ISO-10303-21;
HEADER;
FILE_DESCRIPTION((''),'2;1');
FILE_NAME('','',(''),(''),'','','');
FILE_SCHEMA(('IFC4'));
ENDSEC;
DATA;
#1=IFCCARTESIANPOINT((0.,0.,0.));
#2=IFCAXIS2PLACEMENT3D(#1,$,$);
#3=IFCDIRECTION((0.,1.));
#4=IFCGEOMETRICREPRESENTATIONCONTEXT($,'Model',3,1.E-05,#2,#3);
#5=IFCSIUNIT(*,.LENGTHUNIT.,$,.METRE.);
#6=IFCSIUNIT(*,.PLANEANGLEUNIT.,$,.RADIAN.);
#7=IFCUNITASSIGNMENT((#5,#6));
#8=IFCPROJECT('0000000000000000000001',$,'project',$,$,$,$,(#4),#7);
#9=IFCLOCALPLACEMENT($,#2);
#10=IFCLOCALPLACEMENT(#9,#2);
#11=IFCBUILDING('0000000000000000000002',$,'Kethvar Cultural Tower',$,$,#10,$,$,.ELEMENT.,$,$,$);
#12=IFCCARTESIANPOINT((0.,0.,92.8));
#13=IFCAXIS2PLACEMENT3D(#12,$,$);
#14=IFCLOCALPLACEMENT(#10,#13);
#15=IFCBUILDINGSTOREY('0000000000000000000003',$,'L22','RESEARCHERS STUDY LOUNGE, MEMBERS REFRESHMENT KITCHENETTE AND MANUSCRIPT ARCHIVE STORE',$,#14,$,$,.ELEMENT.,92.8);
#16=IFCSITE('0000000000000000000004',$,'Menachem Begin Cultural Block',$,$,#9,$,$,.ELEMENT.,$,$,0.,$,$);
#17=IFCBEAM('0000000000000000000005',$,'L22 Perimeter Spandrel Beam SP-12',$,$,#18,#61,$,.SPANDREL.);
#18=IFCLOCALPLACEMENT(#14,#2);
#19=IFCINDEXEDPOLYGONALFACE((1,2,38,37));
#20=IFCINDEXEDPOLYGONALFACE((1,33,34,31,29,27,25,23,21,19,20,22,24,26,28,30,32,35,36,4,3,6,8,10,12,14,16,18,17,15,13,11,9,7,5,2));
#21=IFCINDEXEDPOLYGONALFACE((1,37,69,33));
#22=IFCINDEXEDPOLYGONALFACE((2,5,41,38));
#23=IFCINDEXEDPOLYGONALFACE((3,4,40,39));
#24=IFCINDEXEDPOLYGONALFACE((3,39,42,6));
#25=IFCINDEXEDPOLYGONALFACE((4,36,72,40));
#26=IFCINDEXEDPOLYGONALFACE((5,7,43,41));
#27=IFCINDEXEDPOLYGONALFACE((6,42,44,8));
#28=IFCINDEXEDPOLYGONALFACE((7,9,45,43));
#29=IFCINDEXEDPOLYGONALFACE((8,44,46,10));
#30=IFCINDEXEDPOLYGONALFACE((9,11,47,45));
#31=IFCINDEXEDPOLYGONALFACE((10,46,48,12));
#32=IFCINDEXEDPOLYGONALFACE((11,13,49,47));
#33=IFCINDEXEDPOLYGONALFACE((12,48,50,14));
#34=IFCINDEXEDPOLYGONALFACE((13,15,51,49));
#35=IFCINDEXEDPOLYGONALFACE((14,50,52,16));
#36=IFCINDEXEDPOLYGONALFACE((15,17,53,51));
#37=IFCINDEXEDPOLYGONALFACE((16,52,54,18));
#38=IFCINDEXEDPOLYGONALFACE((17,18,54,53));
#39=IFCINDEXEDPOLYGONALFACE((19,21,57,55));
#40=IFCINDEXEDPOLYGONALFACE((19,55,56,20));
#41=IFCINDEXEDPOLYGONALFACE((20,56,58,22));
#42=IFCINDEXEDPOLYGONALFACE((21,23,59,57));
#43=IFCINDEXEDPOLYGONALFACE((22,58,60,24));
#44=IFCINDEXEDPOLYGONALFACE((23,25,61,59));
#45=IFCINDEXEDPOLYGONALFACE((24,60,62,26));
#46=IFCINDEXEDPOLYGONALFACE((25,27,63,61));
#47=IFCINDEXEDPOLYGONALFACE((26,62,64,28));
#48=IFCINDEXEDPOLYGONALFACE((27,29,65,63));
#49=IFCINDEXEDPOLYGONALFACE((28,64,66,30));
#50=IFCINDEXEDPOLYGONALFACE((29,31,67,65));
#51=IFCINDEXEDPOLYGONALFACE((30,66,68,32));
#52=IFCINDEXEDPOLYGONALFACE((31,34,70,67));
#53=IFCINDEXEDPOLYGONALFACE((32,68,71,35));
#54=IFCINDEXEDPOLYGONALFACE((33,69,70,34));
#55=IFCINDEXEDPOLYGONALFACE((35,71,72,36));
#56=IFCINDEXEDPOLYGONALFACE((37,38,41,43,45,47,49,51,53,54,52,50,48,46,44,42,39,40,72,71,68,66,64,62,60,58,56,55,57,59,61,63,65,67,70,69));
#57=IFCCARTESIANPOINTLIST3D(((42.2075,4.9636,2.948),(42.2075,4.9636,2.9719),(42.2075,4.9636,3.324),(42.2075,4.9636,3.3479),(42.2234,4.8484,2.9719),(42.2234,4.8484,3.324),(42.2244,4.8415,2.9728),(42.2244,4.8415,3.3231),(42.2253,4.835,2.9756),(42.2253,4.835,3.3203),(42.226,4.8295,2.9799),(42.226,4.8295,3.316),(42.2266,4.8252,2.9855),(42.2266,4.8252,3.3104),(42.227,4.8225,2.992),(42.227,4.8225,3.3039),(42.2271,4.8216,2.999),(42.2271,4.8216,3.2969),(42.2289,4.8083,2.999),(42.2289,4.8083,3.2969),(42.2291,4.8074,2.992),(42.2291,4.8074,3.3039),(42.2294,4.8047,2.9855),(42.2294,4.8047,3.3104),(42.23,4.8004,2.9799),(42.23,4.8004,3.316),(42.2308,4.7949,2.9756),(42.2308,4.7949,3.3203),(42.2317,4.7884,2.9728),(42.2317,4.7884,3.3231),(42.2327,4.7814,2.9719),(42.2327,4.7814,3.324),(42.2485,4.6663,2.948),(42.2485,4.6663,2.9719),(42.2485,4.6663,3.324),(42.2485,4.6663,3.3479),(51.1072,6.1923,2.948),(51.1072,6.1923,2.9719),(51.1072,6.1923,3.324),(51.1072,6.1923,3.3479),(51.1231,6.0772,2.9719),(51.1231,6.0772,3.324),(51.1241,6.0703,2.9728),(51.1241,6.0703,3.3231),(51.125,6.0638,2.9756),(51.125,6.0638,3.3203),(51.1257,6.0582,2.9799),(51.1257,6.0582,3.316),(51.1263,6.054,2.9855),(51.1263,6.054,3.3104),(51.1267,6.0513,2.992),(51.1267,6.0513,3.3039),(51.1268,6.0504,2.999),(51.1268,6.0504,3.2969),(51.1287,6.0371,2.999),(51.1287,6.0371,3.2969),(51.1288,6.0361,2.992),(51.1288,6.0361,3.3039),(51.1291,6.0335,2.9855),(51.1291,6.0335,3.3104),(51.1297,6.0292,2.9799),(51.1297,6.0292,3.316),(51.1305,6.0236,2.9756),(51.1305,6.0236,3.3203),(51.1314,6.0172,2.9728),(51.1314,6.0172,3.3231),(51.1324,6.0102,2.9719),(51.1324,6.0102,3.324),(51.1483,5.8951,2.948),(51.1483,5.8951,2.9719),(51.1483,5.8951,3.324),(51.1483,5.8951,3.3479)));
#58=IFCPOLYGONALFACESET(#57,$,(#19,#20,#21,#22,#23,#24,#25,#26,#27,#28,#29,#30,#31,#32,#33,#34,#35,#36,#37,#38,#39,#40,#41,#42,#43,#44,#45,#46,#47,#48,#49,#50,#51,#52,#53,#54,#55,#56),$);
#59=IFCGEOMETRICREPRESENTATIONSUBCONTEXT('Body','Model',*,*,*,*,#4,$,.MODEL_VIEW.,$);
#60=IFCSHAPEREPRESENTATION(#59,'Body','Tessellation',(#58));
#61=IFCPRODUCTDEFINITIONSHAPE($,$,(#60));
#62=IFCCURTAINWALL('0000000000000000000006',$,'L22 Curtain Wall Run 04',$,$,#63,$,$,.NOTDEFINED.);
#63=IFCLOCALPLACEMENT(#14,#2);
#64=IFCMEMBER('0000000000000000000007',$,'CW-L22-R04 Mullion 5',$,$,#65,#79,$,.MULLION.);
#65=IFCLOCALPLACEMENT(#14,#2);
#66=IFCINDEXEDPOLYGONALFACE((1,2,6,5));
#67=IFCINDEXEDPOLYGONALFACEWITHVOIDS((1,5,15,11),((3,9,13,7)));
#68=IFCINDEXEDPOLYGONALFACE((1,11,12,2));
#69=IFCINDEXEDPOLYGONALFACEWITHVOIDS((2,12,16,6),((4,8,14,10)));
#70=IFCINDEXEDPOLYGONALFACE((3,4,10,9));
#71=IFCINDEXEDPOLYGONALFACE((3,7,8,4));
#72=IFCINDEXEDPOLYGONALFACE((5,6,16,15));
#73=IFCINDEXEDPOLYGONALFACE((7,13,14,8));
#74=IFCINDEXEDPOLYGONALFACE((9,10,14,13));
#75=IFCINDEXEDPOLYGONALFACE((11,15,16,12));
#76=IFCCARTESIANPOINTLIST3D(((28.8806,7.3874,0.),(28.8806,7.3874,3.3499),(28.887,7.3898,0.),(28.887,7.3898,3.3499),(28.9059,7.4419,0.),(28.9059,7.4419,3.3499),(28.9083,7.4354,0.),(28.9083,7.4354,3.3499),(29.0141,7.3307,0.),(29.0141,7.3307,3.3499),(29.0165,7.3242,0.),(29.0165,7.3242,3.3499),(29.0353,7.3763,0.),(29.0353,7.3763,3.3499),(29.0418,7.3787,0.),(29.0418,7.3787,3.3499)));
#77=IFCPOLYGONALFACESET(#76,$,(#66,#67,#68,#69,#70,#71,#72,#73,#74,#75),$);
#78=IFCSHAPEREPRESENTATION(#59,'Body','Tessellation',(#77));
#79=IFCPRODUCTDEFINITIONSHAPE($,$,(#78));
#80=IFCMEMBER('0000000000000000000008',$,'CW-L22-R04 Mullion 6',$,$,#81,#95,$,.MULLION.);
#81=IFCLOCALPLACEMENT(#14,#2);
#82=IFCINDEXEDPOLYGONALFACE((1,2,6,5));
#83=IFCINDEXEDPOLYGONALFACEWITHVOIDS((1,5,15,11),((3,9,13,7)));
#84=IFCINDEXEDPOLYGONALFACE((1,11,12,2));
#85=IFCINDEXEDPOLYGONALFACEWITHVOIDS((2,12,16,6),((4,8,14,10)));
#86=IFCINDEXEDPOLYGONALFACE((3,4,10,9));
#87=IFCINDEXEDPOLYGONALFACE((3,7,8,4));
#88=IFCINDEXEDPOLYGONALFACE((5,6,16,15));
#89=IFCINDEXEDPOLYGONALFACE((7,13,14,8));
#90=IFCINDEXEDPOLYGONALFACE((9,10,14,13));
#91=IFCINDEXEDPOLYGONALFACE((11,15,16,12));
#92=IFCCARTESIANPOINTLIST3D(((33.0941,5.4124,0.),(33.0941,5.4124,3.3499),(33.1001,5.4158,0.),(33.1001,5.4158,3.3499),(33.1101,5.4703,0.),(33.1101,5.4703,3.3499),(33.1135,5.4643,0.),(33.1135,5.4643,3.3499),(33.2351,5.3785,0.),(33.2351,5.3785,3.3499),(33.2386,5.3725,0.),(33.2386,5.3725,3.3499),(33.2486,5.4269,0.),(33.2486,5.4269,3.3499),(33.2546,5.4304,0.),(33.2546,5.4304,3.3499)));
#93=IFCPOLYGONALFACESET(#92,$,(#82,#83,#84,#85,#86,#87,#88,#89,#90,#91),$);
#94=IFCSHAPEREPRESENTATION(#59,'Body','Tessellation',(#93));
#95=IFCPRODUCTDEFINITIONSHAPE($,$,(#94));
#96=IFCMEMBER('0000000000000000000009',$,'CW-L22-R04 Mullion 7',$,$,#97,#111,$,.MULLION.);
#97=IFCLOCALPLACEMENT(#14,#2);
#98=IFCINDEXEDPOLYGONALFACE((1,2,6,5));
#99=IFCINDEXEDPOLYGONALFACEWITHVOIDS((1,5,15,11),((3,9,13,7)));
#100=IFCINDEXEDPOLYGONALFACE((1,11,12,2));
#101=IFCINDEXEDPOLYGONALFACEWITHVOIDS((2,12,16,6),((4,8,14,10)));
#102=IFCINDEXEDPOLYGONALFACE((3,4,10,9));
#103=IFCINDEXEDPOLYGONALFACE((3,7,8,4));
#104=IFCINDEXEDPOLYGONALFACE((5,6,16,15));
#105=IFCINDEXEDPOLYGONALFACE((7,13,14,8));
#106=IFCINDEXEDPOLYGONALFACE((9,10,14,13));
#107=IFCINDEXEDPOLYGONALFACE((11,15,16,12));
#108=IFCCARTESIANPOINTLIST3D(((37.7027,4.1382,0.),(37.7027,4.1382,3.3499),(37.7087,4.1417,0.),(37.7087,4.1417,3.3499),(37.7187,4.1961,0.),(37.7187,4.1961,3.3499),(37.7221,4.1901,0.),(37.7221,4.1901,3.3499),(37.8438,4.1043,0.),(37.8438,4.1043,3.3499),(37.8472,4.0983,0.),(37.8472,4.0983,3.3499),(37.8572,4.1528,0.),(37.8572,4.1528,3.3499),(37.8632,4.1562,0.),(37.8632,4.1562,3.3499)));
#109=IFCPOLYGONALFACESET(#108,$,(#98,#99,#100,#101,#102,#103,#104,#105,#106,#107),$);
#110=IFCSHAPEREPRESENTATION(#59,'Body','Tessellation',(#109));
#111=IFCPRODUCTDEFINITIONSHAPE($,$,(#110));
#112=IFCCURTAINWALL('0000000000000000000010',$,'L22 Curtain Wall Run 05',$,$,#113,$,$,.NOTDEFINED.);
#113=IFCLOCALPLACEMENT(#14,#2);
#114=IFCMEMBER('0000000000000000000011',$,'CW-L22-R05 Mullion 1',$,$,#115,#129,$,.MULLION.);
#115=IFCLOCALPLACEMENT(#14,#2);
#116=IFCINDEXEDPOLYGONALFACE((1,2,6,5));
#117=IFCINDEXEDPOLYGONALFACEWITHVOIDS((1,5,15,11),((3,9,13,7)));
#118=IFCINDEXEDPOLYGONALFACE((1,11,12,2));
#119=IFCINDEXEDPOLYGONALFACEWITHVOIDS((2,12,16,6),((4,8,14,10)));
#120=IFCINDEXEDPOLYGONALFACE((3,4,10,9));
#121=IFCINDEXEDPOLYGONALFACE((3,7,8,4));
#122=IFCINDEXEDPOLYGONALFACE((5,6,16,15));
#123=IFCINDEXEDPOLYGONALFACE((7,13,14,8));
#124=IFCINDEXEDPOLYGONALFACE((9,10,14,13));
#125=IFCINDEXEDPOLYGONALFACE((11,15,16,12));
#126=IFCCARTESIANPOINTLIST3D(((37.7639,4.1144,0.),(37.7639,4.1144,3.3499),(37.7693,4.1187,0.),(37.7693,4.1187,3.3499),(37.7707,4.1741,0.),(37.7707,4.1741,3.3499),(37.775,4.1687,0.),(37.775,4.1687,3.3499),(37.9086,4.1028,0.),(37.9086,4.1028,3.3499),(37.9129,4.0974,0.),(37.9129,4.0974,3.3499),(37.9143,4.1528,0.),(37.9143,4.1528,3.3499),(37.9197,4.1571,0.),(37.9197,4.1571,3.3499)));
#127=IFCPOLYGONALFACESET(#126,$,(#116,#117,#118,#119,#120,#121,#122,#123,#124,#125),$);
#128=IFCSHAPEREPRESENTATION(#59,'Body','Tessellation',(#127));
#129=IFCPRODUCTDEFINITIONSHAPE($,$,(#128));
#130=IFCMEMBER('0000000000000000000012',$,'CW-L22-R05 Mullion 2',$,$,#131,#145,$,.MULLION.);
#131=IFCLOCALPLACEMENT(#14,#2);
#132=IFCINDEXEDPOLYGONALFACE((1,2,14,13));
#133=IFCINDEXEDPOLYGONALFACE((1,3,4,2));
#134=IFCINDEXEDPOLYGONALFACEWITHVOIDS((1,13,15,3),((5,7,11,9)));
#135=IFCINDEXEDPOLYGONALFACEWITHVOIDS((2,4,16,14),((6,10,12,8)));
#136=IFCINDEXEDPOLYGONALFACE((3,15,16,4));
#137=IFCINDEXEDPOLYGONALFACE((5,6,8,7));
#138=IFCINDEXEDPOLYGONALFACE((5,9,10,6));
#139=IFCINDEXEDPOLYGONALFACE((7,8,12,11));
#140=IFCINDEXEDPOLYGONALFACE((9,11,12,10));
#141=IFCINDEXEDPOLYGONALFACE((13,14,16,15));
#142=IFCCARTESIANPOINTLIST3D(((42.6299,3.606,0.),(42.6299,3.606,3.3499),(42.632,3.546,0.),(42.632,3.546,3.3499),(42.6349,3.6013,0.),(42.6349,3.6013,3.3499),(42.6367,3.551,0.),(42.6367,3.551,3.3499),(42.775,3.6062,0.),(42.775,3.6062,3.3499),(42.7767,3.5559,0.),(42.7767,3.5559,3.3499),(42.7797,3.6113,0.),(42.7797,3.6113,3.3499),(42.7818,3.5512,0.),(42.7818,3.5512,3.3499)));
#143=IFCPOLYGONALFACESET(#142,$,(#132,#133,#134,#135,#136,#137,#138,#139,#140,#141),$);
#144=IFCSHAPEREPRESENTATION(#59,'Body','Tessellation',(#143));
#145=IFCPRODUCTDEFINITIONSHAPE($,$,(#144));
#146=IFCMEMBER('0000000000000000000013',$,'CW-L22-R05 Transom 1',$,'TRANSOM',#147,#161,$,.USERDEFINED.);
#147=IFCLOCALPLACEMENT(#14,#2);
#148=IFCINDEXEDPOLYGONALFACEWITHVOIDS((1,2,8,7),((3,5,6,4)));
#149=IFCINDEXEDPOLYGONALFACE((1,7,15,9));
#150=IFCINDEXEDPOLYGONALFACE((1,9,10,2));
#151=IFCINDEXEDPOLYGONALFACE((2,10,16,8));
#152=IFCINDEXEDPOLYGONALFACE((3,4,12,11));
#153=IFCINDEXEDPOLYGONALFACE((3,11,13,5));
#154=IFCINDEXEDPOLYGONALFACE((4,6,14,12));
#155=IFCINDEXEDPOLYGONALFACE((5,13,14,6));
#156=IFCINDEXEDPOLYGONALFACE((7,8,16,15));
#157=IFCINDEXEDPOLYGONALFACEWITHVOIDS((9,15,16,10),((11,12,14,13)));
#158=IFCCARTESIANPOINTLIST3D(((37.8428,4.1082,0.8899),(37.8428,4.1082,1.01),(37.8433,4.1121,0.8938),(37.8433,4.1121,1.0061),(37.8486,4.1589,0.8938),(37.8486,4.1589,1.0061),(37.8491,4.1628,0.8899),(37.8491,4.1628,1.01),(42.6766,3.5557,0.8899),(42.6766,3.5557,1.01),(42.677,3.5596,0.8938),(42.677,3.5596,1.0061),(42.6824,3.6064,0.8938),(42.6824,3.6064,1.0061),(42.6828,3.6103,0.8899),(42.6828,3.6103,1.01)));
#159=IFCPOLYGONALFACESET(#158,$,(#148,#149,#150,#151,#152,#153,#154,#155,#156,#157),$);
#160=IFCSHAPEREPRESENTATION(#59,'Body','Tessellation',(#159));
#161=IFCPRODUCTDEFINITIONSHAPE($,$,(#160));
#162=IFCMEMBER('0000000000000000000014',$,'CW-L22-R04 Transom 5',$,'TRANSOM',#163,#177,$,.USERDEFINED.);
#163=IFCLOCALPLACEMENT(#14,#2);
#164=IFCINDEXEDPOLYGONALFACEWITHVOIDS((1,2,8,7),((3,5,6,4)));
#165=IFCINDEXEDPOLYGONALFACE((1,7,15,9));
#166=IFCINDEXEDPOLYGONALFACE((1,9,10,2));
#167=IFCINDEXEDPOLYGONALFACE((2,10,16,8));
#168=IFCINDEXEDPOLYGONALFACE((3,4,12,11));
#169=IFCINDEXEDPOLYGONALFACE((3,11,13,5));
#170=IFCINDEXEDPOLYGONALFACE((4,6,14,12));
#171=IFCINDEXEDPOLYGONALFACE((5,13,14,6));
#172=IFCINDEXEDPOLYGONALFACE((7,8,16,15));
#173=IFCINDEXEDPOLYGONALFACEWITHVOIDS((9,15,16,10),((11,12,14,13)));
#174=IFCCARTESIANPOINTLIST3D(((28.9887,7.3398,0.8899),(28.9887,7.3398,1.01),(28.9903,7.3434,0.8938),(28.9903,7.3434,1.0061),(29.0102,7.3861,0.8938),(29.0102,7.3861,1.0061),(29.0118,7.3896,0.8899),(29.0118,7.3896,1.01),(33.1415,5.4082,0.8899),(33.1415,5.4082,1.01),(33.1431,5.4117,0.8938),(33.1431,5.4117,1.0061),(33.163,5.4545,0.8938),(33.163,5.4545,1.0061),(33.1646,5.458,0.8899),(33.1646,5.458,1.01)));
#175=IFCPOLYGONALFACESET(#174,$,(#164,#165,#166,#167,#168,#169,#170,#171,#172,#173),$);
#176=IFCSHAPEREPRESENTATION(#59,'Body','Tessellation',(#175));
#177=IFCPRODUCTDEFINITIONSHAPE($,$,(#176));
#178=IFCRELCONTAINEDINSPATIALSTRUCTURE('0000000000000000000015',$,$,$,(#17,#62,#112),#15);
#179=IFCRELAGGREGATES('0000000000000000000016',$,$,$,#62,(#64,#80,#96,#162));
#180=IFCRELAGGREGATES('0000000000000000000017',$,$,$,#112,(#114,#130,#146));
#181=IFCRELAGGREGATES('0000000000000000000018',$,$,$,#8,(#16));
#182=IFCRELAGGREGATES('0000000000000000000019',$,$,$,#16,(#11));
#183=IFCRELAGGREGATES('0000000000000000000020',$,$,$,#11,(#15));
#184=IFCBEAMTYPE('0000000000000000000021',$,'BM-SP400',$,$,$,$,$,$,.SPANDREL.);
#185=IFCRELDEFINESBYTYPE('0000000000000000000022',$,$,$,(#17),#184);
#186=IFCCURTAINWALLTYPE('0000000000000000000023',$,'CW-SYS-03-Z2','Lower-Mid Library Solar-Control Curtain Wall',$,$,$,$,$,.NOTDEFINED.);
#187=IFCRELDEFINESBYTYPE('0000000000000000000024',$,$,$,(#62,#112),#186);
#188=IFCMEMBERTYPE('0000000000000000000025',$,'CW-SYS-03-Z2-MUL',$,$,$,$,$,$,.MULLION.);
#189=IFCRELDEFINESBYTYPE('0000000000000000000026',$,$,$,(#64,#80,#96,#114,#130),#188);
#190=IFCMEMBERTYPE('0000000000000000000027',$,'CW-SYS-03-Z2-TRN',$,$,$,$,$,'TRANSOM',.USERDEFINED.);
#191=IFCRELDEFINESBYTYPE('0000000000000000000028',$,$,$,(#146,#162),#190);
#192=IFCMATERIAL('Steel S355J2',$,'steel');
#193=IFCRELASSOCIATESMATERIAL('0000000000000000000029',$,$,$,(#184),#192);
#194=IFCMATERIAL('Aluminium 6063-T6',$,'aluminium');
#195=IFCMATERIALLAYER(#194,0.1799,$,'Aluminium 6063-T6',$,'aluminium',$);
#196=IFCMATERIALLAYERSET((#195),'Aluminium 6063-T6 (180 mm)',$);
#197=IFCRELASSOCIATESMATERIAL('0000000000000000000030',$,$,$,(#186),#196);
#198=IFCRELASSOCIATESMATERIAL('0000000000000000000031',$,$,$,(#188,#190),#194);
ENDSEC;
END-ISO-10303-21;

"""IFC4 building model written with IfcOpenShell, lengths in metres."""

from ifc_helpers import new_model, si_unit, direction, frame, origin, origin_2d, place, context, subcontext, project, spatial, hollow_rectangle, i_section, extrude, source, transform, mapped, material, layer, layer_set, material_profile, profile_set, type_object, element, aggregate, save


model = new_model("IFC4")

# Units and contexts
model_context = context("Model", 3, precision=1e-05, world=origin(), true_north=direction((0.0, 1.0)))
body_context = subcontext(model_context, "Body", "Model", "MODEL_VIEW")
ifc_project = project(units=[si_unit("LENGTHUNIT", "METRE"), si_unit("PLANEANGLEUNIT", "RADIAN")], contexts=[model_context])

# Site, building, storey
site_placement = place(None, origin())
site = spatial("IfcSite", under=ifc_project, at=site_placement, Name="Menachem Begin Cultural Block", CompositionType="ELEMENT", RefElevation=0.0)
building_placement = place(site_placement, origin())
building = spatial("IfcBuilding", under=site, at=building_placement, Name="Kethvar Cultural Tower", CompositionType="ELEMENT")
storey_placement = place(building_placement, frame((0.0, 0.0, 92.8)))
storey = spatial("IfcBuildingStorey", under=building, at=storey_placement, Name="L22", Description="RESEARCHERS STUDY LOUNGE, MEMBERS REFRESHMENT KITCHENETTE AND MANUSCRIPT ARCHIVE STORE", CompositionType="ELEMENT", Elevation=92.8)

# Beam
ifc_material_1 = material(Name="Steel S355J2", Category="steel")
ifc_material_profile_1 = material_profile(ifc_material_1, i_section(OverallWidth=0.3, OverallDepth=0.3999, WebThickness=0.0134, FlangeThickness=0.0239, FilletRadius=0.0271, at=origin_2d()), Name="Steel S355J2 — HEB400")
ifc_profile_set_1 = profile_set([ifc_material_profile_1], Name="Steel S355J2 — HEB400")
beam_type_1 = type_object("IfcBeamType", Name="BM-SP400", PredefinedType="SPANDREL", material=ifc_profile_set_1)
shared_shape_1 = source(origin(), body_context, "Body", "SweptSolid", [
    extrude(i_section(OverallWidth=0.3, OverallDepth=0.3999, WebThickness=0.0134, FlangeThickness=0.0239, FilletRadius=0.0271, at=origin_2d()), origin(), (0.0, 0.0, 1.0), 8.9841),
])
beam_1_placement = place(storey_placement, frame((42.228, 4.8149, 3.1479), z_axis=(0.990603, 0.136771, 0.0), x_axis=(-0.136771, 0.990603, 0.0)))
element("IfcBeam", 1, at=beam_1_placement, inside=storey, type_object=beam_type_1, Name="L22 Perimeter Spandrel Beam SP-12", PredefinedType="SPANDREL", context=body_context, shape_type="MappedRepresentation", body=[
    mapped(shared_shape_1, transform((0.0, 0.0, 0.0), scale=1.0)),
])

# Curtain walls, members
ifc_material_2 = material(Name="Aluminium 6063-T6", Category="aluminium")
ifc_layer_1 = layer(ifc_material_2, 0.1799, Name="Aluminium 6063-T6", Category="aluminium")
ifc_layer_set_1 = layer_set([ifc_layer_1], Name="Aluminium 6063-T6 (180 mm)")
curtain_wall_type = type_object("IfcCurtainWallType", Name="CW-SYS-03-Z2", Description="Lower-Mid Library Solar-Control Curtain Wall", PredefinedType="NOTDEFINED", material=ifc_layer_set_1)
curtain_wall_1_placement = place(storey_placement, origin())
curtain_wall_1 = element("IfcCurtainWall", 2, at=curtain_wall_1_placement, inside=storey, type_object=curtain_wall_type, Name="L22 Curtain Wall Run 04", PredefinedType="NOTDEFINED")
ifc_material_profile_2 = material_profile(ifc_material_2, hollow_rectangle(XDim=0.0601, YDim=0.1499, WallThickness=0.0049, at=origin_2d()), Name="Aluminium 6063-T6 — RHS150x60x5")
ifc_profile_set_2 = profile_set([ifc_material_profile_2], Name="Aluminium 6063-T6 — RHS150x60x5")
member_type_1 = type_object("IfcMemberType", Name="CW-SYS-03-Z2-MUL", PredefinedType="MULLION", material=ifc_profile_set_2)
shared_shape_2 = source(origin(), body_context, "Body", "SweptSolid", [
    extrude(hollow_rectangle(XDim=0.0601, YDim=0.1499, WallThickness=0.0049, at=origin_2d()), origin(), (0.0, 0.0, 1.0), 3.3499),
])
member_1_placement = place(storey_placement, frame((28.9612, 7.3831, 0.0), z_axis=(0.0, 0.0, 1.0), x_axis=(0.421732, 0.90672, 0.0)))
member_1 = element("IfcMember", 3, at=member_1_placement, type_object=member_type_1, Name="CW-L22-R04 Mullion 5", PredefinedType="MULLION", context=body_context, shape_type="MappedRepresentation", body=[
    mapped(shared_shape_2, transform((0.0, 0.0, 0.0), scale=1.0)),
])
member_2_placement = place(storey_placement, frame((33.1743, 5.4214, 0.0), z_axis=(0.0, 0.0, 1.0), x_axis=(0.266515, 0.963831, 0.0)))
member_2 = element("IfcMember", 4, at=member_2_placement, type_object=member_type_1, Name="CW-L22-R04 Mullion 6", PredefinedType="MULLION", context=body_context, shape_type="MappedRepresentation", body=[
    mapped(shared_shape_2, transform((0.0, 0.0, 0.0), scale=1.0)),
])
member_3_placement = place(storey_placement, frame((37.783, 4.1472, 0.0), z_axis=(0.0, 0.0, 1.0), x_axis=(0.266515, 0.963831, 0.0)))
member_3 = element("IfcMember", 5, at=member_3_placement, type_object=member_type_1, Name="CW-L22-R04 Mullion 7", PredefinedType="MULLION", context=body_context, shape_type="MappedRepresentation", body=[
    mapped(shared_shape_2, transform((0.0, 0.0, 0.0), scale=1.0)),
])
curtain_wall_2_placement = place(storey_placement, origin())
curtain_wall_2 = element("IfcCurtainWall", 6, at=curtain_wall_2_placement, inside=storey, type_object=curtain_wall_type, Name="L22 Curtain Wall Run 05", PredefinedType="NOTDEFINED")
member_4_placement = place(storey_placement, frame((37.8418, 4.1357, 0.0), z_axis=(0.0, 0.0, 1.0), x_axis=(0.11355, 0.993532, 0.0)))
member_4 = element("IfcMember", 7, at=member_4_placement, type_object=member_type_1, Name="CW-L22-R05 Mullion 1", PredefinedType="MULLION", context=body_context, shape_type="MappedRepresentation", body=[
    mapped(shared_shape_2, transform((0.0, 0.0, 0.0), scale=1.0)),
])
member_5_placement = place(storey_placement, frame((42.7058, 3.5786, 0.0), z_axis=(0.0, 0.0, 1.0), x_axis=(-0.035091, 0.999384, 0.0)))
member_5 = element("IfcMember", 8, at=member_5_placement, type_object=member_type_1, Name="CW-L22-R05 Mullion 2", PredefinedType="MULLION", context=body_context, shape_type="MappedRepresentation", body=[
    mapped(shared_shape_2, transform((0.0, 0.0, 0.0), scale=1.0)),
])
ifc_material_profile_3 = material_profile(ifc_material_2, hollow_rectangle(XDim=0.0549, YDim=0.1201, WallThickness=0.0039, at=origin_2d()), Name="Aluminium 6063-T6 — RHS120x55x4")
ifc_profile_set_3 = profile_set([ifc_material_profile_3], Name="Aluminium 6063-T6 — RHS120x55x4")
member_type_2 = type_object("IfcMemberType", Name="CW-SYS-03-Z2-TRN", ElementType="TRANSOM", PredefinedType="USERDEFINED", material=ifc_profile_set_3)
shared_shape_3 = source(origin(), body_context, "Body", "SweptSolid", [
    extrude(hollow_rectangle(XDim=0.0549, YDim=0.1201, WallThickness=0.0039, at=origin_2d()), origin(), (0.0, 0.0, 1.0), 4.8652),
])
member_6_placement = place(storey_placement, frame((37.8459, 4.1355, 0.95), z_axis=(0.993531, -0.113559, 0.0), x_axis=(0.113559, 0.993531, 0.0)))
member_6 = element("IfcMember", 9, at=member_6_placement, type_object=member_type_2, Name="CW-L22-R05 Transom 1", ObjectType="TRANSOM", PredefinedType="USERDEFINED", context=body_context, shape_type="MappedRepresentation", body=[
    mapped(shared_shape_3, transform((0.0, 0.0, 0.0), scale=1.0)),
])

# Member
shared_shape_4 = source(origin(), body_context, "Body", "SweptSolid", [
    extrude(hollow_rectangle(XDim=0.0549, YDim=0.1201, WallThickness=0.0039, at=origin_2d()), origin(), (0.0, 0.0, 1.0), 4.5801),
])
member_7_placement = place(storey_placement, frame((29.0002, 7.3647, 0.95), z_axis=(0.906714, -0.421747, 0.0), x_axis=(0.421747, 0.906714, 0.0)))
member_7 = element("IfcMember", 10, at=member_7_placement, type_object=member_type_2, Name="CW-L22-R04 Transom 5", ObjectType="TRANSOM", PredefinedType="USERDEFINED", context=body_context, shape_type="MappedRepresentation", body=[
    mapped(shared_shape_4, transform((0.0, 0.0, 0.0), scale=1.0)),
])

aggregate(curtain_wall_1, [member_1, member_2, member_3, member_7])
aggregate(curtain_wall_2, [member_4, member_5, member_6])

save(model, "model.ifc")
